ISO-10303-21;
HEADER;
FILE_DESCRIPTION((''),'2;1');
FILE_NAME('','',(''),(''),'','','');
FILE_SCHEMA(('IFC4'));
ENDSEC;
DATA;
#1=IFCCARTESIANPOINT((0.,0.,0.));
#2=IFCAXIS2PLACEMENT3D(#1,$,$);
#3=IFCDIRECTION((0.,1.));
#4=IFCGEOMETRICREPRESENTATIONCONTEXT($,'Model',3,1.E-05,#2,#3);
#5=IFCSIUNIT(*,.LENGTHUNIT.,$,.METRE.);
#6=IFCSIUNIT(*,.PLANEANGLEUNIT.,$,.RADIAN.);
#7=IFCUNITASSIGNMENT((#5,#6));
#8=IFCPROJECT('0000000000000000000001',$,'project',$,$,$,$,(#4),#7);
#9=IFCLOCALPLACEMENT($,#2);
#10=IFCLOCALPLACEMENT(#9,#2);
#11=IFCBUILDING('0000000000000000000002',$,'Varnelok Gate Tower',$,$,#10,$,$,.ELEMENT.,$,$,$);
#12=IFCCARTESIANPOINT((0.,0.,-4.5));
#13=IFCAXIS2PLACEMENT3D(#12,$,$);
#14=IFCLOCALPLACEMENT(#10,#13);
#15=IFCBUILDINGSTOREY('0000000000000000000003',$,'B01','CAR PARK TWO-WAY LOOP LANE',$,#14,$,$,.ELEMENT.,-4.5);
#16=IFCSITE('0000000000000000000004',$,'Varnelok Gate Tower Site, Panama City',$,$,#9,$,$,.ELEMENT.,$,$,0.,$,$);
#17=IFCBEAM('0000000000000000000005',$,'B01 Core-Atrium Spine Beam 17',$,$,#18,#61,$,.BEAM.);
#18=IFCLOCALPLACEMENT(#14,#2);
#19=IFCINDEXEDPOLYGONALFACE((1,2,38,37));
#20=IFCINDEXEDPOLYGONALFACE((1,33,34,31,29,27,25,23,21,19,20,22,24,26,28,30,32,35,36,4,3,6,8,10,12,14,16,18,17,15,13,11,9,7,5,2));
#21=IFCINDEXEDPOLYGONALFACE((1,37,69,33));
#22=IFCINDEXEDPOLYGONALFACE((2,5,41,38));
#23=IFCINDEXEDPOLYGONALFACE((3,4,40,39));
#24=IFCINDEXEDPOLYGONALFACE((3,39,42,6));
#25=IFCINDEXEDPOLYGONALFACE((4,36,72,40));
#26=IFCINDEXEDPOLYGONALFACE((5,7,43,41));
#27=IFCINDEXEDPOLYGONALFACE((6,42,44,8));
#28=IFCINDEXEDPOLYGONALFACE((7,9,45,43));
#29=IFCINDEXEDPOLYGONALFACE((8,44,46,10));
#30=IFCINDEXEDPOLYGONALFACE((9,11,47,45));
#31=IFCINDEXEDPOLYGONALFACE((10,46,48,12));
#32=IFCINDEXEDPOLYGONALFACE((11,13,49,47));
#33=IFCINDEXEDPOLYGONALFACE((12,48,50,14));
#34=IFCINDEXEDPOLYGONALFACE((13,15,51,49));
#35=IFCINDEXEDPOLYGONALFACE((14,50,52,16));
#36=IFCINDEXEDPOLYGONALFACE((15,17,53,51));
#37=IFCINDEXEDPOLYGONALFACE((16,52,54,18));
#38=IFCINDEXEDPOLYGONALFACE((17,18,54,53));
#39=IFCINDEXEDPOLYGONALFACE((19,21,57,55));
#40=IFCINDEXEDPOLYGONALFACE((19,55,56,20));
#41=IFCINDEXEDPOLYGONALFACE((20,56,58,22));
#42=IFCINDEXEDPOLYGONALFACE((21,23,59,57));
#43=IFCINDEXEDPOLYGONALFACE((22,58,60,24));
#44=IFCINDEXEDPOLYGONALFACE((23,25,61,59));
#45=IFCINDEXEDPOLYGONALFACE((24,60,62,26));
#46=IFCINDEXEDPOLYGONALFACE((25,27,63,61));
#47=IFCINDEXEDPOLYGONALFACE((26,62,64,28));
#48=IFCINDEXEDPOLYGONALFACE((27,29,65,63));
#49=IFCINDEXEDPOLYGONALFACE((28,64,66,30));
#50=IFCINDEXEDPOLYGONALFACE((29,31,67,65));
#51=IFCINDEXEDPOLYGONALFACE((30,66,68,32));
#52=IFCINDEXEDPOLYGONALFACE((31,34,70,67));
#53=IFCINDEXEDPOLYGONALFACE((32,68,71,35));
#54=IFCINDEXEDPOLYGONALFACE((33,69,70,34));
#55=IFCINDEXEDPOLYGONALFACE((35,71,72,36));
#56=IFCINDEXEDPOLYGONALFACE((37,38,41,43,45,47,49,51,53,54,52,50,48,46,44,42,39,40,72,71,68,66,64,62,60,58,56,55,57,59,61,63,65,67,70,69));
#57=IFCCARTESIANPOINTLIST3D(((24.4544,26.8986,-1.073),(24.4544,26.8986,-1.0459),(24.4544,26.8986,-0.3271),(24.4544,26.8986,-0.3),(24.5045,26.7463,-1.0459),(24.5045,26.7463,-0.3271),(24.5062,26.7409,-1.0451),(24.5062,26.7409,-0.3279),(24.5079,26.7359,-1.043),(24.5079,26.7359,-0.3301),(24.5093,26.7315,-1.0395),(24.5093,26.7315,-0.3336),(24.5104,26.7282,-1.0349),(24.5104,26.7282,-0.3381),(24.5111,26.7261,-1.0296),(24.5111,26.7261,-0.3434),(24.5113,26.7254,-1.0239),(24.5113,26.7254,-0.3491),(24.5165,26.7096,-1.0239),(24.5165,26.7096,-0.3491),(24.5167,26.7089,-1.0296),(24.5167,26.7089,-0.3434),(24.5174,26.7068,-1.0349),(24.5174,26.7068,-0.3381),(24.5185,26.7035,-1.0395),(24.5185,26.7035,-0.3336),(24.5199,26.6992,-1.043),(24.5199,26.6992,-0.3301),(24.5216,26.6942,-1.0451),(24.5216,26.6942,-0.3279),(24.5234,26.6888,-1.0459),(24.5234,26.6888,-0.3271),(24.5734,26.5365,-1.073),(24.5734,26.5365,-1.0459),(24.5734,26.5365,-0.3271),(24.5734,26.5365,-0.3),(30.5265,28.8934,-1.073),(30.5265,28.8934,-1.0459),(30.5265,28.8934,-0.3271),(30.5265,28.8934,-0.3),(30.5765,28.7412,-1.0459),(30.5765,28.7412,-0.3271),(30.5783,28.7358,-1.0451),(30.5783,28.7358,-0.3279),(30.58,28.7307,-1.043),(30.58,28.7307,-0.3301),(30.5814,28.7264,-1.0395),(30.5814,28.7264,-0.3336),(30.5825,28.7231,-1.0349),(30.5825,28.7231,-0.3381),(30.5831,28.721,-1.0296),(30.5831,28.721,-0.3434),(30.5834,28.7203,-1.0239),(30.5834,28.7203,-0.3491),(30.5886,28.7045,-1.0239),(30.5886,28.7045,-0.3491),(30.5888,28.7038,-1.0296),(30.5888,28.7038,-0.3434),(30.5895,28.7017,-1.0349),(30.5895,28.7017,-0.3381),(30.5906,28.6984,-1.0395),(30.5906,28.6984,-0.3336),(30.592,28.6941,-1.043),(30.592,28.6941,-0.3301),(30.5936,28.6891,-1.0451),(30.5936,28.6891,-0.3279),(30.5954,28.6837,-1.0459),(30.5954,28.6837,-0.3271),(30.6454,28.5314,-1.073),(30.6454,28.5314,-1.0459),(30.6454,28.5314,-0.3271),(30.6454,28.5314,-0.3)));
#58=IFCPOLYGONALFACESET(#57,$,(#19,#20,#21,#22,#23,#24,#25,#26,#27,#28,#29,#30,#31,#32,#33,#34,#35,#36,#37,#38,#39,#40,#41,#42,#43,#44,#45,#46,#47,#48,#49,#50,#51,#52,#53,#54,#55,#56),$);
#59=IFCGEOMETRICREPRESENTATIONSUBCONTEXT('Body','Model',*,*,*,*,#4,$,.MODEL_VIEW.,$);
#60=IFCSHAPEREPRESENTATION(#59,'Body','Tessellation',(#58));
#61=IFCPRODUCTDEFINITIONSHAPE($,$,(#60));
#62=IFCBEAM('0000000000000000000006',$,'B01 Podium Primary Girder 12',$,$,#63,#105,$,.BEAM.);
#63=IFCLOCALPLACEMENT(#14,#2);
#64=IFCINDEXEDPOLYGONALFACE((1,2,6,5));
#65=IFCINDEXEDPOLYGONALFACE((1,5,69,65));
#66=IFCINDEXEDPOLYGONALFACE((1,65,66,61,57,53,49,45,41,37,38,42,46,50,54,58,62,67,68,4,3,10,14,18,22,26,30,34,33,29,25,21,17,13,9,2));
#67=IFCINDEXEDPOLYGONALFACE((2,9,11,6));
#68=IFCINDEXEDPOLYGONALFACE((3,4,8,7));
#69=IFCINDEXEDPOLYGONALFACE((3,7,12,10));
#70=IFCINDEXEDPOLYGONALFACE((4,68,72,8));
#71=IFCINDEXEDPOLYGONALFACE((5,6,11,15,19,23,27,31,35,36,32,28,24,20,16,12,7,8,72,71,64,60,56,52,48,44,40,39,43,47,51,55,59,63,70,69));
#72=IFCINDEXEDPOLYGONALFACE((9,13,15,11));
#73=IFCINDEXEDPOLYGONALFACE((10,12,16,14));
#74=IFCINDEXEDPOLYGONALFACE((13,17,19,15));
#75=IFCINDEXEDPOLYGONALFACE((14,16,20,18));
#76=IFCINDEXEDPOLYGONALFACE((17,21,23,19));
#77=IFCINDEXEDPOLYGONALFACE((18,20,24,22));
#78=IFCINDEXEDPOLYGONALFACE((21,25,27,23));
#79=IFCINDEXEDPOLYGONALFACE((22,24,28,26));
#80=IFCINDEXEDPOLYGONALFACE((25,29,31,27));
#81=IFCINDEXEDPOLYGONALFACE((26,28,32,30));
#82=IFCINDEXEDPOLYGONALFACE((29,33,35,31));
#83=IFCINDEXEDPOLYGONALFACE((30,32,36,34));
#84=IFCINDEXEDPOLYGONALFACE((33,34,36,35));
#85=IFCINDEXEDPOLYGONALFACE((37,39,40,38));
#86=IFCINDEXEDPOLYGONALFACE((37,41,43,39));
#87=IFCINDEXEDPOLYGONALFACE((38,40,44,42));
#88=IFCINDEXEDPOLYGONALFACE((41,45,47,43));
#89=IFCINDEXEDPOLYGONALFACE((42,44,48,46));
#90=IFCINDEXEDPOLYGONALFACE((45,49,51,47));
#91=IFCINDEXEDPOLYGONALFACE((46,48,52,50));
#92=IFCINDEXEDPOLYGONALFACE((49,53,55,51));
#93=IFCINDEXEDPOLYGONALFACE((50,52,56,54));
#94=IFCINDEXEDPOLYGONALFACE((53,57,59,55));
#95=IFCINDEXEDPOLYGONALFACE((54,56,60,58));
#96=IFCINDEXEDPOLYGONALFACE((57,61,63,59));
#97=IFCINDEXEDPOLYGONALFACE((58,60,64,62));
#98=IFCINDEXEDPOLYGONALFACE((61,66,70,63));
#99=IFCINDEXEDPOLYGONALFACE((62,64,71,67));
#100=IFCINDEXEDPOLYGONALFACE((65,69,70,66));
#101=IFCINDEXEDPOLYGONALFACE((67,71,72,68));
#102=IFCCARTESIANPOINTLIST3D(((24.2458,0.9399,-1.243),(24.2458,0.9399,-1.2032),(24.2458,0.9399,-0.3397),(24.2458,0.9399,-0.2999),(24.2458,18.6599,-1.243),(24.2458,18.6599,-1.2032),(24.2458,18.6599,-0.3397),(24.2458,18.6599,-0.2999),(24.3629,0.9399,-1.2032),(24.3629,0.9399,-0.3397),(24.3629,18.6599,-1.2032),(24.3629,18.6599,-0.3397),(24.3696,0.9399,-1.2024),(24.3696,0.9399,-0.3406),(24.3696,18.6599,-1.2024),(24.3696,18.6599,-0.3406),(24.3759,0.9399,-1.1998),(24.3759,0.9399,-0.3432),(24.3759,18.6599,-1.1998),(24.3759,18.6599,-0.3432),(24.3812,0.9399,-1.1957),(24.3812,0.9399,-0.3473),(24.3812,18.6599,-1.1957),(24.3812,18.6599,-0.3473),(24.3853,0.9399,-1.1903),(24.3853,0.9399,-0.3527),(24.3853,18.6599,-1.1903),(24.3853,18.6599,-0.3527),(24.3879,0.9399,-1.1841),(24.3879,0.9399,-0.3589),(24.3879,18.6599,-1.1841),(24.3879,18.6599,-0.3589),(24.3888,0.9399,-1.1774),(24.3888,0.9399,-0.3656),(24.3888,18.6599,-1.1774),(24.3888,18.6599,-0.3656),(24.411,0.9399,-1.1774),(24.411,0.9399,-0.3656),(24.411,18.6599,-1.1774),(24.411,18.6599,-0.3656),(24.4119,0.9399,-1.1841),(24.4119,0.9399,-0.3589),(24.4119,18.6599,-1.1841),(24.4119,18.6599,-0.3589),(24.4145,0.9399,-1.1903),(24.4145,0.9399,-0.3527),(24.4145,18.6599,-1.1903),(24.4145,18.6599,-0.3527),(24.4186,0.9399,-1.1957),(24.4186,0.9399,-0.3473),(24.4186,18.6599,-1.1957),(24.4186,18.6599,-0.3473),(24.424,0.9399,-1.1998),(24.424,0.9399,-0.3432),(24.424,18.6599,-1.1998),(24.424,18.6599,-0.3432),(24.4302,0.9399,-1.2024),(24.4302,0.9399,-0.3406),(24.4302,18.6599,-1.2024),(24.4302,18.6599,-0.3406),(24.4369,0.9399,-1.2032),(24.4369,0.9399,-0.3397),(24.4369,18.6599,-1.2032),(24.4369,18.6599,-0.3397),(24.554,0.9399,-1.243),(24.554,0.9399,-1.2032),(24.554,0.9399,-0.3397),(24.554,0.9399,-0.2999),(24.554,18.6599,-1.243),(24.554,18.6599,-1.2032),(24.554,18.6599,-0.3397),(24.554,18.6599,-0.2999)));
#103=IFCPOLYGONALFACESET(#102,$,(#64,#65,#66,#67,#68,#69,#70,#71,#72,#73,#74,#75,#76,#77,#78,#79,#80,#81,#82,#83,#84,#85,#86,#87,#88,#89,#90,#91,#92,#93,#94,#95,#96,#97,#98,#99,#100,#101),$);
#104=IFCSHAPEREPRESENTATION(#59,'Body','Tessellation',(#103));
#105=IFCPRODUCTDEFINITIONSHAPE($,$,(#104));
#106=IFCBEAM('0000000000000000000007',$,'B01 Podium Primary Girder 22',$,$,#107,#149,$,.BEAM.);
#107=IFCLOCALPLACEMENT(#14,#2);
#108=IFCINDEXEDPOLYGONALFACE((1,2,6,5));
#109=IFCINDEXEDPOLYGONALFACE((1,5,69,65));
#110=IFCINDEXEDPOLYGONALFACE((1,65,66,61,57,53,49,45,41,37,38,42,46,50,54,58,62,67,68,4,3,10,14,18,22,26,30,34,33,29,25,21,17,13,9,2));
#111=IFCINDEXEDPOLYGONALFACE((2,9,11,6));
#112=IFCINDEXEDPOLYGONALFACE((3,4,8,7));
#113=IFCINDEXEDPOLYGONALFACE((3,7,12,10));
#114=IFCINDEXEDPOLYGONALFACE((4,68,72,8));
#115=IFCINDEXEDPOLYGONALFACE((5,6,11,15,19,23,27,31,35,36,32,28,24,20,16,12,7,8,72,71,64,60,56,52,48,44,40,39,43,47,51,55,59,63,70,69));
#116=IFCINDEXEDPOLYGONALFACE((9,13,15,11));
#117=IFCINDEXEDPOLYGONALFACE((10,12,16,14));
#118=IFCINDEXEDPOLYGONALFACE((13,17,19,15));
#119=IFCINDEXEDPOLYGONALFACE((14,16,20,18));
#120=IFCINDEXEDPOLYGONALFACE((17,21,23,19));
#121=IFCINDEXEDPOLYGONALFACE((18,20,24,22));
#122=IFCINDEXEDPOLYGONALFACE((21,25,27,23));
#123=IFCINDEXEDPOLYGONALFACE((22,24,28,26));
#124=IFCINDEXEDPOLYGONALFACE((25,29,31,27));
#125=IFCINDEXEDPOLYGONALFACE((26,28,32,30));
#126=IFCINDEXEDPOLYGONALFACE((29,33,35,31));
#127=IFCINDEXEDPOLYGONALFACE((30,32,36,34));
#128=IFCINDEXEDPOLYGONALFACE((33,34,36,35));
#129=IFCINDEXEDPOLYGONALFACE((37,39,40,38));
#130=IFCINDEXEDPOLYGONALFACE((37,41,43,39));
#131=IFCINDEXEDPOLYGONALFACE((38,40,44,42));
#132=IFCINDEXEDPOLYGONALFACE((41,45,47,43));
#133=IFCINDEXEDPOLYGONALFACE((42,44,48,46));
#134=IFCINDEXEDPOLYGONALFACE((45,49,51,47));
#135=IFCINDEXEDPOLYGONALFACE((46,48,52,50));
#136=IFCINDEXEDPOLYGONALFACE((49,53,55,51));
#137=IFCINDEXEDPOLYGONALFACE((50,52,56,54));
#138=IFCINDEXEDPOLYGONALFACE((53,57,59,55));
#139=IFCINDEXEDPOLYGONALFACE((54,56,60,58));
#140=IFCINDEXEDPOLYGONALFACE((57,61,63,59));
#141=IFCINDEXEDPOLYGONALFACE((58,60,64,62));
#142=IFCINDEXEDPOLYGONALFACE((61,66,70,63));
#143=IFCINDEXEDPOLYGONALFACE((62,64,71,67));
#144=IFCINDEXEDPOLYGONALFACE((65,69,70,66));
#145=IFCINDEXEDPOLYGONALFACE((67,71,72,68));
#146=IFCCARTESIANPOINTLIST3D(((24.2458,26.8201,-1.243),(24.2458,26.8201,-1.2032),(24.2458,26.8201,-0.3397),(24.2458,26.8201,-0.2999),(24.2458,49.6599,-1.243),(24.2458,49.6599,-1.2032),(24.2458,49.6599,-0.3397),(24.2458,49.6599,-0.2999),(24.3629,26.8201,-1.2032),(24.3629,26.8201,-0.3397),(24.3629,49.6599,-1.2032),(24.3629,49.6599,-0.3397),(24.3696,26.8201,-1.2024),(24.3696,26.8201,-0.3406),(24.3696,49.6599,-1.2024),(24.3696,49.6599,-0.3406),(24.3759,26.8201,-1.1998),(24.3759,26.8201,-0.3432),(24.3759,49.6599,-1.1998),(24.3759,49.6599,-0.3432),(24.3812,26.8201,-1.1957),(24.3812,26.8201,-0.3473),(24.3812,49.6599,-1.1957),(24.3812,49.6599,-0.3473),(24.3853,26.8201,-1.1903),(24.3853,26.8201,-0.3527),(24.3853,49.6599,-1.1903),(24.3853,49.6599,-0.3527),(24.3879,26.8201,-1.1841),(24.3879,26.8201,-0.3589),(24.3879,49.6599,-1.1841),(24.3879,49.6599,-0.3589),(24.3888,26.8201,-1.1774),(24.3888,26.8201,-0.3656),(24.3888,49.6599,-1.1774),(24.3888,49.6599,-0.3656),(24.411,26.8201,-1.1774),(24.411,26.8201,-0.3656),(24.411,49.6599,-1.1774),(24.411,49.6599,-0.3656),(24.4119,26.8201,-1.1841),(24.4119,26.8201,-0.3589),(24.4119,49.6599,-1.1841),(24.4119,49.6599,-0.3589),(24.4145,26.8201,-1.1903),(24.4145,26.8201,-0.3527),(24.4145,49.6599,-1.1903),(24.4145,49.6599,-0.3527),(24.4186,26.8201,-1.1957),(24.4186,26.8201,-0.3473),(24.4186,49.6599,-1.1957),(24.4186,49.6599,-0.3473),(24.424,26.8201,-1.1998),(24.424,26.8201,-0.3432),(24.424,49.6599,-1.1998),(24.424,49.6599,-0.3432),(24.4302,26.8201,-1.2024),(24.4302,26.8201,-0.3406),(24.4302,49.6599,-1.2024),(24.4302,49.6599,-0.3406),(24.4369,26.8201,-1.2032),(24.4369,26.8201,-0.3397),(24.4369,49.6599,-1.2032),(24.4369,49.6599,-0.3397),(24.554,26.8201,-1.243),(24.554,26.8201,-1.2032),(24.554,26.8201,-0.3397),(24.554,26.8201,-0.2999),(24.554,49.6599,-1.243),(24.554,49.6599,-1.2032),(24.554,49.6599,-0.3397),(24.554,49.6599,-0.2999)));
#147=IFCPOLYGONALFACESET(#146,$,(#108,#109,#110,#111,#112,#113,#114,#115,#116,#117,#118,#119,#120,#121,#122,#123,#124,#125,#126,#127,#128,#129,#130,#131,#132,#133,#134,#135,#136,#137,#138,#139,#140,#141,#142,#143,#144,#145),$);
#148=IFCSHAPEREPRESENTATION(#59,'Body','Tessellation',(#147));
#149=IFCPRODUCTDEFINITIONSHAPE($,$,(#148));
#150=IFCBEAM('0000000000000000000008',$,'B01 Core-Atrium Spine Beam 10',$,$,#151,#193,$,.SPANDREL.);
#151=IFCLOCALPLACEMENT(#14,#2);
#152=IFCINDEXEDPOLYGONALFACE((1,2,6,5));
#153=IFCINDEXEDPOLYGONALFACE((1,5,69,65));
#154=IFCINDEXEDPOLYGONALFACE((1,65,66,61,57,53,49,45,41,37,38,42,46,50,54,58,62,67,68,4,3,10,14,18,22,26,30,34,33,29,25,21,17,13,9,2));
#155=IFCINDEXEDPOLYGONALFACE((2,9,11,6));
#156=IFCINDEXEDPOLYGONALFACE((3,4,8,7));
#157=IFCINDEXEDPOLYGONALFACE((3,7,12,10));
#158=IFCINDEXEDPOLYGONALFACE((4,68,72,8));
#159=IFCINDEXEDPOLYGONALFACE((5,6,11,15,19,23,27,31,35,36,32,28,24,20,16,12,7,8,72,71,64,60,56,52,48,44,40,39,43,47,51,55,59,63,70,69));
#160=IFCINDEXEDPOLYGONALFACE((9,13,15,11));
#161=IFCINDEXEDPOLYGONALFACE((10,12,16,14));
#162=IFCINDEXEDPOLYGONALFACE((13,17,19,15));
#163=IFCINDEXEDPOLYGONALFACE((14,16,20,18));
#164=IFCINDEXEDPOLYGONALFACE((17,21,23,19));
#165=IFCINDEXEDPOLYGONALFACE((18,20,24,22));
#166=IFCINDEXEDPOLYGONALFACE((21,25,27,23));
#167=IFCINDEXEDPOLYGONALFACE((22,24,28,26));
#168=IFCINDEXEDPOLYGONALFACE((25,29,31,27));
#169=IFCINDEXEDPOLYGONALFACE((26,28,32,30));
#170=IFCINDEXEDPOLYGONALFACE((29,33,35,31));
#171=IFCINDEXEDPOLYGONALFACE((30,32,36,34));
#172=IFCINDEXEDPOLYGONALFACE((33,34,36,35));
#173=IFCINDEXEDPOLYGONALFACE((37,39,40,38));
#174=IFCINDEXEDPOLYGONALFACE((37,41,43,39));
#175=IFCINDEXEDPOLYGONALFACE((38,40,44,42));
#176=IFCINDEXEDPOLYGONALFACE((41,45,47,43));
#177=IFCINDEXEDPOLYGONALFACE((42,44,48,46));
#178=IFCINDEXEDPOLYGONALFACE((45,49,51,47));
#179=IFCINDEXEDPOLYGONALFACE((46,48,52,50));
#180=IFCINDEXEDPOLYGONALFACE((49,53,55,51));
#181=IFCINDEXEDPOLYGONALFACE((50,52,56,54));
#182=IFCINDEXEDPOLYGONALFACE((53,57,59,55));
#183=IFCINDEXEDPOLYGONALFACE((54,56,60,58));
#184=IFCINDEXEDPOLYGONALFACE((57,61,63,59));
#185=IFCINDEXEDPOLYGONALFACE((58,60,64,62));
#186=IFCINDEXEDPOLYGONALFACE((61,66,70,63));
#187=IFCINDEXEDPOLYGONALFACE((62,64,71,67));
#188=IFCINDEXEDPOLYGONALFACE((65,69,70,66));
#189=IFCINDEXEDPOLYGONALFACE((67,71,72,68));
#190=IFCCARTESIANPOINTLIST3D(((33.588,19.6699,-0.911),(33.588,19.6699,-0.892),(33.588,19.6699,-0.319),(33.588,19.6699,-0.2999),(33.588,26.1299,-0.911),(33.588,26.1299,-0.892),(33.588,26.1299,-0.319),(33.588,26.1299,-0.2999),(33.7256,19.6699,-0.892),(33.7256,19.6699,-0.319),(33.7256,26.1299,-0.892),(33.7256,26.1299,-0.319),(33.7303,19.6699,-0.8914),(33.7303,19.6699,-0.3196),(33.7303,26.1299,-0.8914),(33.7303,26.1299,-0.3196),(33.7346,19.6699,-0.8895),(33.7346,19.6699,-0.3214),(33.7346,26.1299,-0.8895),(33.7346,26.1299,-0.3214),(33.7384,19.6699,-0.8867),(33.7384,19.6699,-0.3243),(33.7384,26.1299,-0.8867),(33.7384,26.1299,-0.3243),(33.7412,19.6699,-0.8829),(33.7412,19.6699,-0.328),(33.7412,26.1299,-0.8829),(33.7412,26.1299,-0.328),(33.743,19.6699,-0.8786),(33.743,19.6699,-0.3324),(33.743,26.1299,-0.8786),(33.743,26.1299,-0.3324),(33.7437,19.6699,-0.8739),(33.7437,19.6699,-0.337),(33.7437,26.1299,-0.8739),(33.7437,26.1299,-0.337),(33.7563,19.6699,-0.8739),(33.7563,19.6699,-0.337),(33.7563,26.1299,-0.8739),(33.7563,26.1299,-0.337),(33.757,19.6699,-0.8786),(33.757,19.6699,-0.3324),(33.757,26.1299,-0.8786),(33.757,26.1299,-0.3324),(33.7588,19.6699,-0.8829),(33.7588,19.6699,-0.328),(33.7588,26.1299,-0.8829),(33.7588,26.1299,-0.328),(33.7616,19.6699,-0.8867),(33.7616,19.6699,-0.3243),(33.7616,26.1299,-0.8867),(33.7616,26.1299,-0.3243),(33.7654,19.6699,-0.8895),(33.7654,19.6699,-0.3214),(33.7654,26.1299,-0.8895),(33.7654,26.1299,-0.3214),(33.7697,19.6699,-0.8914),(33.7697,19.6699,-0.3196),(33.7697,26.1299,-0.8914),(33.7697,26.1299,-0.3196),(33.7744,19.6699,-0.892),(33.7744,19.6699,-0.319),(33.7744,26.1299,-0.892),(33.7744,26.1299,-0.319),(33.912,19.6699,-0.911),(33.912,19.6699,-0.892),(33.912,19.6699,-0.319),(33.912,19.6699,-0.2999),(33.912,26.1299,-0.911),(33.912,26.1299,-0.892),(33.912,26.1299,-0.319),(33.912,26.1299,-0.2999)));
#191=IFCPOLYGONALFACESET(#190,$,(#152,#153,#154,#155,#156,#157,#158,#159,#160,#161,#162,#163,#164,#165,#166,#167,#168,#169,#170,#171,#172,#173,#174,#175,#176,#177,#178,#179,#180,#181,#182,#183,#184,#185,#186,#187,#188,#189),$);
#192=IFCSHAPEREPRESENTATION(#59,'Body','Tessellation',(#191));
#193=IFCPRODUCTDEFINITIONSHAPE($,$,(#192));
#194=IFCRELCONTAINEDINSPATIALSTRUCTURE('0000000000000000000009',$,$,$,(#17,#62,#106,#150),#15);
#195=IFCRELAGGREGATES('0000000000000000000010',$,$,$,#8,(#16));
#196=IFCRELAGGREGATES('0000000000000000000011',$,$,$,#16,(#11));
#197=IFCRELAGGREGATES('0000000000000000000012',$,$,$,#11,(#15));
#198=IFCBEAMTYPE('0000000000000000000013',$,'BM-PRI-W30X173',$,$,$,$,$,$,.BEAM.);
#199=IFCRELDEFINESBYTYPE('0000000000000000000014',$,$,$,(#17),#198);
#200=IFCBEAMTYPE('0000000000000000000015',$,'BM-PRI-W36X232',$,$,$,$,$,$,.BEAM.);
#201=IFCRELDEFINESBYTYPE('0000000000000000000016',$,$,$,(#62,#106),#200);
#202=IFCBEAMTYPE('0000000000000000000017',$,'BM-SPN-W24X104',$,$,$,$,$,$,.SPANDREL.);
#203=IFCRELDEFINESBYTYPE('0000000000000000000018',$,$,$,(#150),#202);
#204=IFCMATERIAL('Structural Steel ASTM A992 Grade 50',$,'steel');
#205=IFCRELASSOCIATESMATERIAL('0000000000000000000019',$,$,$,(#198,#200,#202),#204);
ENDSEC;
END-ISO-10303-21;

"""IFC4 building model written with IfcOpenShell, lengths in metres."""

from ifc_helpers import new_model, si_unit, direction, frame, origin, origin_2d, place, context, subcontext, project, spatial, i_section, extrude, material, material_profile, profile_set, type_object, element, save


model = new_model("IFC4")

# Units and contexts
model_context = context("Model", 3, precision=1e-05, world=origin(), true_north=direction((0.0, 1.0)))
body_context = subcontext(model_context, "Body", "Model", "MODEL_VIEW")
ifc_project = project(units=[si_unit("LENGTHUNIT", "METRE"), si_unit("PLANEANGLEUNIT", "RADIAN")], contexts=[model_context])

# Site, building, storey
site_placement = place(None, origin())
site = spatial("IfcSite", under=ifc_project, at=site_placement, Name="Varnelok Gate Tower Site, Panama City", CompositionType="ELEMENT", RefElevation=0.0)
building_placement = place(site_placement, origin())
building = spatial("IfcBuilding", under=site, at=building_placement, Name="Varnelok Gate Tower", CompositionType="ELEMENT")
storey_placement = place(building_placement, frame((0.0, 0.0, -4.5)))
storey = spatial("IfcBuildingStorey", under=building, at=storey_placement, Name="B01", Description="CAR PARK TWO-WAY LOOP LANE", CompositionType="ELEMENT", Elevation=-4.5)

# Shared definitions
ifc_material_1 = material(Name="Structural Steel ASTM A992 Grade 50", Category="steel")

# Beams
ifc_material_profile_1 = material_profile(ifc_material_1, i_section(OverallWidth=0.3811, OverallDepth=0.7729, WebThickness=0.0166, FlangeThickness=0.0271, FilletRadius=0.022, at=origin_2d()), Name="W30X173")
ifc_profile_set_1 = profile_set([ifc_material_profile_1], Name="Structural Steel ASTM A992 Grade 50")
beam_type_1 = type_object("IfcBeamType", Name="BM-PRI-W30X173", PredefinedType="BEAM", material=ifc_profile_set_1)
beam_1_placement = place(storey_placement, frame((24.5139, 26.7175, -0.6865), z_axis=(0.950042, 0.312122, 0.0), x_axis=(-0.312122, 0.950042, 0.0)))
element("IfcBeam", 1, at=beam_1_placement, inside=storey, type_object=beam_type_1, Name="B01 Core-Atrium Spine Beam 17", PredefinedType="BEAM", context=body_context, shape_type="SweptSolid", body=[
    extrude(i_section(OverallWidth=0.3811, OverallDepth=0.7729, WebThickness=0.0166, FlangeThickness=0.0271, FilletRadius=0.022, at=origin_2d()), origin(), (0.0, 0.0, 1.0), 6.3914),
])
ifc_material_profile_2 = material_profile(ifc_material_1, i_section(OverallWidth=0.3081, OverallDepth=0.9431, WebThickness=0.0222, FlangeThickness=0.0398, FilletRadius=0.0259, at=origin_2d()), Name="W36X232")
ifc_profile_set_2 = profile_set([ifc_material_profile_2], Name="Structural Steel ASTM A992 Grade 50")
beam_type_2 = type_object("IfcBeamType", Name="BM-PRI-W36X232", PredefinedType="BEAM", material=ifc_profile_set_2)
beam_2_placement = place(storey_placement, frame((24.3999, 0.9399, -0.7715), z_axis=(0.0, 1.0, 0.0), x_axis=(-1.0, 0.0, 0.0)))
element("IfcBeam", 2, at=beam_2_placement, inside=storey, type_object=beam_type_2, Name="B01 Podium Primary Girder 12", PredefinedType="BEAM", context=body_context, shape_type="SweptSolid", body=[
    extrude(i_section(OverallWidth=0.3081, OverallDepth=0.9431, WebThickness=0.0222, FlangeThickness=0.0398, FilletRadius=0.0259, at=origin_2d()), origin(), (0.0, 0.0, 1.0), 17.72),
])
beam_3_placement = place(storey_placement, frame((24.3999, 26.8201, -0.7715), z_axis=(0.0, 1.0, 0.0), x_axis=(-1.0, 0.0, 0.0)))
element("IfcBeam", 3, at=beam_3_placement, inside=storey, type_object=beam_type_2, Name="B01 Podium Primary Girder 22", PredefinedType="BEAM", context=body_context, shape_type="SweptSolid", body=[
    extrude(i_section(OverallWidth=0.3081, OverallDepth=0.9431, WebThickness=0.0222, FlangeThickness=0.0398, FilletRadius=0.0259, at=origin_2d()), origin(), (0.0, 0.0, 1.0), 22.8398),
])
ifc_material_profile_3 = material_profile(ifc_material_1, i_section(OverallWidth=0.324, OverallDepth=0.6111, WebThickness=0.0127, FlangeThickness=0.019, FilletRadius=0.0181, at=origin_2d()), Name="W24X104")
ifc_profile_set_3 = profile_set([ifc_material_profile_3], Name="Structural Steel ASTM A992 Grade 50")
beam_type_3 = type_object("IfcBeamType", Name="BM-SPN-W24X104", PredefinedType="SPANDREL", material=ifc_profile_set_3)
beam_4_placement = place(storey_placement, frame((33.75, 19.6699, -0.6055), z_axis=(0.0, 1.0, 0.0), x_axis=(-1.0, 0.0, 0.0)))
element("IfcBeam", 4, at=beam_4_placement, inside=storey, type_object=beam_type_3, Name="B01 Core-Atrium Spine Beam 10", PredefinedType="SPANDREL", context=body_context, shape_type="SweptSolid", body=[
    extrude(i_section(OverallWidth=0.324, OverallDepth=0.6111, WebThickness=0.0127, FlangeThickness=0.019, FilletRadius=0.0181, at=origin_2d()), origin(), (0.0, 0.0, 1.0), 6.46),
])

save(model, "model.ifc")
